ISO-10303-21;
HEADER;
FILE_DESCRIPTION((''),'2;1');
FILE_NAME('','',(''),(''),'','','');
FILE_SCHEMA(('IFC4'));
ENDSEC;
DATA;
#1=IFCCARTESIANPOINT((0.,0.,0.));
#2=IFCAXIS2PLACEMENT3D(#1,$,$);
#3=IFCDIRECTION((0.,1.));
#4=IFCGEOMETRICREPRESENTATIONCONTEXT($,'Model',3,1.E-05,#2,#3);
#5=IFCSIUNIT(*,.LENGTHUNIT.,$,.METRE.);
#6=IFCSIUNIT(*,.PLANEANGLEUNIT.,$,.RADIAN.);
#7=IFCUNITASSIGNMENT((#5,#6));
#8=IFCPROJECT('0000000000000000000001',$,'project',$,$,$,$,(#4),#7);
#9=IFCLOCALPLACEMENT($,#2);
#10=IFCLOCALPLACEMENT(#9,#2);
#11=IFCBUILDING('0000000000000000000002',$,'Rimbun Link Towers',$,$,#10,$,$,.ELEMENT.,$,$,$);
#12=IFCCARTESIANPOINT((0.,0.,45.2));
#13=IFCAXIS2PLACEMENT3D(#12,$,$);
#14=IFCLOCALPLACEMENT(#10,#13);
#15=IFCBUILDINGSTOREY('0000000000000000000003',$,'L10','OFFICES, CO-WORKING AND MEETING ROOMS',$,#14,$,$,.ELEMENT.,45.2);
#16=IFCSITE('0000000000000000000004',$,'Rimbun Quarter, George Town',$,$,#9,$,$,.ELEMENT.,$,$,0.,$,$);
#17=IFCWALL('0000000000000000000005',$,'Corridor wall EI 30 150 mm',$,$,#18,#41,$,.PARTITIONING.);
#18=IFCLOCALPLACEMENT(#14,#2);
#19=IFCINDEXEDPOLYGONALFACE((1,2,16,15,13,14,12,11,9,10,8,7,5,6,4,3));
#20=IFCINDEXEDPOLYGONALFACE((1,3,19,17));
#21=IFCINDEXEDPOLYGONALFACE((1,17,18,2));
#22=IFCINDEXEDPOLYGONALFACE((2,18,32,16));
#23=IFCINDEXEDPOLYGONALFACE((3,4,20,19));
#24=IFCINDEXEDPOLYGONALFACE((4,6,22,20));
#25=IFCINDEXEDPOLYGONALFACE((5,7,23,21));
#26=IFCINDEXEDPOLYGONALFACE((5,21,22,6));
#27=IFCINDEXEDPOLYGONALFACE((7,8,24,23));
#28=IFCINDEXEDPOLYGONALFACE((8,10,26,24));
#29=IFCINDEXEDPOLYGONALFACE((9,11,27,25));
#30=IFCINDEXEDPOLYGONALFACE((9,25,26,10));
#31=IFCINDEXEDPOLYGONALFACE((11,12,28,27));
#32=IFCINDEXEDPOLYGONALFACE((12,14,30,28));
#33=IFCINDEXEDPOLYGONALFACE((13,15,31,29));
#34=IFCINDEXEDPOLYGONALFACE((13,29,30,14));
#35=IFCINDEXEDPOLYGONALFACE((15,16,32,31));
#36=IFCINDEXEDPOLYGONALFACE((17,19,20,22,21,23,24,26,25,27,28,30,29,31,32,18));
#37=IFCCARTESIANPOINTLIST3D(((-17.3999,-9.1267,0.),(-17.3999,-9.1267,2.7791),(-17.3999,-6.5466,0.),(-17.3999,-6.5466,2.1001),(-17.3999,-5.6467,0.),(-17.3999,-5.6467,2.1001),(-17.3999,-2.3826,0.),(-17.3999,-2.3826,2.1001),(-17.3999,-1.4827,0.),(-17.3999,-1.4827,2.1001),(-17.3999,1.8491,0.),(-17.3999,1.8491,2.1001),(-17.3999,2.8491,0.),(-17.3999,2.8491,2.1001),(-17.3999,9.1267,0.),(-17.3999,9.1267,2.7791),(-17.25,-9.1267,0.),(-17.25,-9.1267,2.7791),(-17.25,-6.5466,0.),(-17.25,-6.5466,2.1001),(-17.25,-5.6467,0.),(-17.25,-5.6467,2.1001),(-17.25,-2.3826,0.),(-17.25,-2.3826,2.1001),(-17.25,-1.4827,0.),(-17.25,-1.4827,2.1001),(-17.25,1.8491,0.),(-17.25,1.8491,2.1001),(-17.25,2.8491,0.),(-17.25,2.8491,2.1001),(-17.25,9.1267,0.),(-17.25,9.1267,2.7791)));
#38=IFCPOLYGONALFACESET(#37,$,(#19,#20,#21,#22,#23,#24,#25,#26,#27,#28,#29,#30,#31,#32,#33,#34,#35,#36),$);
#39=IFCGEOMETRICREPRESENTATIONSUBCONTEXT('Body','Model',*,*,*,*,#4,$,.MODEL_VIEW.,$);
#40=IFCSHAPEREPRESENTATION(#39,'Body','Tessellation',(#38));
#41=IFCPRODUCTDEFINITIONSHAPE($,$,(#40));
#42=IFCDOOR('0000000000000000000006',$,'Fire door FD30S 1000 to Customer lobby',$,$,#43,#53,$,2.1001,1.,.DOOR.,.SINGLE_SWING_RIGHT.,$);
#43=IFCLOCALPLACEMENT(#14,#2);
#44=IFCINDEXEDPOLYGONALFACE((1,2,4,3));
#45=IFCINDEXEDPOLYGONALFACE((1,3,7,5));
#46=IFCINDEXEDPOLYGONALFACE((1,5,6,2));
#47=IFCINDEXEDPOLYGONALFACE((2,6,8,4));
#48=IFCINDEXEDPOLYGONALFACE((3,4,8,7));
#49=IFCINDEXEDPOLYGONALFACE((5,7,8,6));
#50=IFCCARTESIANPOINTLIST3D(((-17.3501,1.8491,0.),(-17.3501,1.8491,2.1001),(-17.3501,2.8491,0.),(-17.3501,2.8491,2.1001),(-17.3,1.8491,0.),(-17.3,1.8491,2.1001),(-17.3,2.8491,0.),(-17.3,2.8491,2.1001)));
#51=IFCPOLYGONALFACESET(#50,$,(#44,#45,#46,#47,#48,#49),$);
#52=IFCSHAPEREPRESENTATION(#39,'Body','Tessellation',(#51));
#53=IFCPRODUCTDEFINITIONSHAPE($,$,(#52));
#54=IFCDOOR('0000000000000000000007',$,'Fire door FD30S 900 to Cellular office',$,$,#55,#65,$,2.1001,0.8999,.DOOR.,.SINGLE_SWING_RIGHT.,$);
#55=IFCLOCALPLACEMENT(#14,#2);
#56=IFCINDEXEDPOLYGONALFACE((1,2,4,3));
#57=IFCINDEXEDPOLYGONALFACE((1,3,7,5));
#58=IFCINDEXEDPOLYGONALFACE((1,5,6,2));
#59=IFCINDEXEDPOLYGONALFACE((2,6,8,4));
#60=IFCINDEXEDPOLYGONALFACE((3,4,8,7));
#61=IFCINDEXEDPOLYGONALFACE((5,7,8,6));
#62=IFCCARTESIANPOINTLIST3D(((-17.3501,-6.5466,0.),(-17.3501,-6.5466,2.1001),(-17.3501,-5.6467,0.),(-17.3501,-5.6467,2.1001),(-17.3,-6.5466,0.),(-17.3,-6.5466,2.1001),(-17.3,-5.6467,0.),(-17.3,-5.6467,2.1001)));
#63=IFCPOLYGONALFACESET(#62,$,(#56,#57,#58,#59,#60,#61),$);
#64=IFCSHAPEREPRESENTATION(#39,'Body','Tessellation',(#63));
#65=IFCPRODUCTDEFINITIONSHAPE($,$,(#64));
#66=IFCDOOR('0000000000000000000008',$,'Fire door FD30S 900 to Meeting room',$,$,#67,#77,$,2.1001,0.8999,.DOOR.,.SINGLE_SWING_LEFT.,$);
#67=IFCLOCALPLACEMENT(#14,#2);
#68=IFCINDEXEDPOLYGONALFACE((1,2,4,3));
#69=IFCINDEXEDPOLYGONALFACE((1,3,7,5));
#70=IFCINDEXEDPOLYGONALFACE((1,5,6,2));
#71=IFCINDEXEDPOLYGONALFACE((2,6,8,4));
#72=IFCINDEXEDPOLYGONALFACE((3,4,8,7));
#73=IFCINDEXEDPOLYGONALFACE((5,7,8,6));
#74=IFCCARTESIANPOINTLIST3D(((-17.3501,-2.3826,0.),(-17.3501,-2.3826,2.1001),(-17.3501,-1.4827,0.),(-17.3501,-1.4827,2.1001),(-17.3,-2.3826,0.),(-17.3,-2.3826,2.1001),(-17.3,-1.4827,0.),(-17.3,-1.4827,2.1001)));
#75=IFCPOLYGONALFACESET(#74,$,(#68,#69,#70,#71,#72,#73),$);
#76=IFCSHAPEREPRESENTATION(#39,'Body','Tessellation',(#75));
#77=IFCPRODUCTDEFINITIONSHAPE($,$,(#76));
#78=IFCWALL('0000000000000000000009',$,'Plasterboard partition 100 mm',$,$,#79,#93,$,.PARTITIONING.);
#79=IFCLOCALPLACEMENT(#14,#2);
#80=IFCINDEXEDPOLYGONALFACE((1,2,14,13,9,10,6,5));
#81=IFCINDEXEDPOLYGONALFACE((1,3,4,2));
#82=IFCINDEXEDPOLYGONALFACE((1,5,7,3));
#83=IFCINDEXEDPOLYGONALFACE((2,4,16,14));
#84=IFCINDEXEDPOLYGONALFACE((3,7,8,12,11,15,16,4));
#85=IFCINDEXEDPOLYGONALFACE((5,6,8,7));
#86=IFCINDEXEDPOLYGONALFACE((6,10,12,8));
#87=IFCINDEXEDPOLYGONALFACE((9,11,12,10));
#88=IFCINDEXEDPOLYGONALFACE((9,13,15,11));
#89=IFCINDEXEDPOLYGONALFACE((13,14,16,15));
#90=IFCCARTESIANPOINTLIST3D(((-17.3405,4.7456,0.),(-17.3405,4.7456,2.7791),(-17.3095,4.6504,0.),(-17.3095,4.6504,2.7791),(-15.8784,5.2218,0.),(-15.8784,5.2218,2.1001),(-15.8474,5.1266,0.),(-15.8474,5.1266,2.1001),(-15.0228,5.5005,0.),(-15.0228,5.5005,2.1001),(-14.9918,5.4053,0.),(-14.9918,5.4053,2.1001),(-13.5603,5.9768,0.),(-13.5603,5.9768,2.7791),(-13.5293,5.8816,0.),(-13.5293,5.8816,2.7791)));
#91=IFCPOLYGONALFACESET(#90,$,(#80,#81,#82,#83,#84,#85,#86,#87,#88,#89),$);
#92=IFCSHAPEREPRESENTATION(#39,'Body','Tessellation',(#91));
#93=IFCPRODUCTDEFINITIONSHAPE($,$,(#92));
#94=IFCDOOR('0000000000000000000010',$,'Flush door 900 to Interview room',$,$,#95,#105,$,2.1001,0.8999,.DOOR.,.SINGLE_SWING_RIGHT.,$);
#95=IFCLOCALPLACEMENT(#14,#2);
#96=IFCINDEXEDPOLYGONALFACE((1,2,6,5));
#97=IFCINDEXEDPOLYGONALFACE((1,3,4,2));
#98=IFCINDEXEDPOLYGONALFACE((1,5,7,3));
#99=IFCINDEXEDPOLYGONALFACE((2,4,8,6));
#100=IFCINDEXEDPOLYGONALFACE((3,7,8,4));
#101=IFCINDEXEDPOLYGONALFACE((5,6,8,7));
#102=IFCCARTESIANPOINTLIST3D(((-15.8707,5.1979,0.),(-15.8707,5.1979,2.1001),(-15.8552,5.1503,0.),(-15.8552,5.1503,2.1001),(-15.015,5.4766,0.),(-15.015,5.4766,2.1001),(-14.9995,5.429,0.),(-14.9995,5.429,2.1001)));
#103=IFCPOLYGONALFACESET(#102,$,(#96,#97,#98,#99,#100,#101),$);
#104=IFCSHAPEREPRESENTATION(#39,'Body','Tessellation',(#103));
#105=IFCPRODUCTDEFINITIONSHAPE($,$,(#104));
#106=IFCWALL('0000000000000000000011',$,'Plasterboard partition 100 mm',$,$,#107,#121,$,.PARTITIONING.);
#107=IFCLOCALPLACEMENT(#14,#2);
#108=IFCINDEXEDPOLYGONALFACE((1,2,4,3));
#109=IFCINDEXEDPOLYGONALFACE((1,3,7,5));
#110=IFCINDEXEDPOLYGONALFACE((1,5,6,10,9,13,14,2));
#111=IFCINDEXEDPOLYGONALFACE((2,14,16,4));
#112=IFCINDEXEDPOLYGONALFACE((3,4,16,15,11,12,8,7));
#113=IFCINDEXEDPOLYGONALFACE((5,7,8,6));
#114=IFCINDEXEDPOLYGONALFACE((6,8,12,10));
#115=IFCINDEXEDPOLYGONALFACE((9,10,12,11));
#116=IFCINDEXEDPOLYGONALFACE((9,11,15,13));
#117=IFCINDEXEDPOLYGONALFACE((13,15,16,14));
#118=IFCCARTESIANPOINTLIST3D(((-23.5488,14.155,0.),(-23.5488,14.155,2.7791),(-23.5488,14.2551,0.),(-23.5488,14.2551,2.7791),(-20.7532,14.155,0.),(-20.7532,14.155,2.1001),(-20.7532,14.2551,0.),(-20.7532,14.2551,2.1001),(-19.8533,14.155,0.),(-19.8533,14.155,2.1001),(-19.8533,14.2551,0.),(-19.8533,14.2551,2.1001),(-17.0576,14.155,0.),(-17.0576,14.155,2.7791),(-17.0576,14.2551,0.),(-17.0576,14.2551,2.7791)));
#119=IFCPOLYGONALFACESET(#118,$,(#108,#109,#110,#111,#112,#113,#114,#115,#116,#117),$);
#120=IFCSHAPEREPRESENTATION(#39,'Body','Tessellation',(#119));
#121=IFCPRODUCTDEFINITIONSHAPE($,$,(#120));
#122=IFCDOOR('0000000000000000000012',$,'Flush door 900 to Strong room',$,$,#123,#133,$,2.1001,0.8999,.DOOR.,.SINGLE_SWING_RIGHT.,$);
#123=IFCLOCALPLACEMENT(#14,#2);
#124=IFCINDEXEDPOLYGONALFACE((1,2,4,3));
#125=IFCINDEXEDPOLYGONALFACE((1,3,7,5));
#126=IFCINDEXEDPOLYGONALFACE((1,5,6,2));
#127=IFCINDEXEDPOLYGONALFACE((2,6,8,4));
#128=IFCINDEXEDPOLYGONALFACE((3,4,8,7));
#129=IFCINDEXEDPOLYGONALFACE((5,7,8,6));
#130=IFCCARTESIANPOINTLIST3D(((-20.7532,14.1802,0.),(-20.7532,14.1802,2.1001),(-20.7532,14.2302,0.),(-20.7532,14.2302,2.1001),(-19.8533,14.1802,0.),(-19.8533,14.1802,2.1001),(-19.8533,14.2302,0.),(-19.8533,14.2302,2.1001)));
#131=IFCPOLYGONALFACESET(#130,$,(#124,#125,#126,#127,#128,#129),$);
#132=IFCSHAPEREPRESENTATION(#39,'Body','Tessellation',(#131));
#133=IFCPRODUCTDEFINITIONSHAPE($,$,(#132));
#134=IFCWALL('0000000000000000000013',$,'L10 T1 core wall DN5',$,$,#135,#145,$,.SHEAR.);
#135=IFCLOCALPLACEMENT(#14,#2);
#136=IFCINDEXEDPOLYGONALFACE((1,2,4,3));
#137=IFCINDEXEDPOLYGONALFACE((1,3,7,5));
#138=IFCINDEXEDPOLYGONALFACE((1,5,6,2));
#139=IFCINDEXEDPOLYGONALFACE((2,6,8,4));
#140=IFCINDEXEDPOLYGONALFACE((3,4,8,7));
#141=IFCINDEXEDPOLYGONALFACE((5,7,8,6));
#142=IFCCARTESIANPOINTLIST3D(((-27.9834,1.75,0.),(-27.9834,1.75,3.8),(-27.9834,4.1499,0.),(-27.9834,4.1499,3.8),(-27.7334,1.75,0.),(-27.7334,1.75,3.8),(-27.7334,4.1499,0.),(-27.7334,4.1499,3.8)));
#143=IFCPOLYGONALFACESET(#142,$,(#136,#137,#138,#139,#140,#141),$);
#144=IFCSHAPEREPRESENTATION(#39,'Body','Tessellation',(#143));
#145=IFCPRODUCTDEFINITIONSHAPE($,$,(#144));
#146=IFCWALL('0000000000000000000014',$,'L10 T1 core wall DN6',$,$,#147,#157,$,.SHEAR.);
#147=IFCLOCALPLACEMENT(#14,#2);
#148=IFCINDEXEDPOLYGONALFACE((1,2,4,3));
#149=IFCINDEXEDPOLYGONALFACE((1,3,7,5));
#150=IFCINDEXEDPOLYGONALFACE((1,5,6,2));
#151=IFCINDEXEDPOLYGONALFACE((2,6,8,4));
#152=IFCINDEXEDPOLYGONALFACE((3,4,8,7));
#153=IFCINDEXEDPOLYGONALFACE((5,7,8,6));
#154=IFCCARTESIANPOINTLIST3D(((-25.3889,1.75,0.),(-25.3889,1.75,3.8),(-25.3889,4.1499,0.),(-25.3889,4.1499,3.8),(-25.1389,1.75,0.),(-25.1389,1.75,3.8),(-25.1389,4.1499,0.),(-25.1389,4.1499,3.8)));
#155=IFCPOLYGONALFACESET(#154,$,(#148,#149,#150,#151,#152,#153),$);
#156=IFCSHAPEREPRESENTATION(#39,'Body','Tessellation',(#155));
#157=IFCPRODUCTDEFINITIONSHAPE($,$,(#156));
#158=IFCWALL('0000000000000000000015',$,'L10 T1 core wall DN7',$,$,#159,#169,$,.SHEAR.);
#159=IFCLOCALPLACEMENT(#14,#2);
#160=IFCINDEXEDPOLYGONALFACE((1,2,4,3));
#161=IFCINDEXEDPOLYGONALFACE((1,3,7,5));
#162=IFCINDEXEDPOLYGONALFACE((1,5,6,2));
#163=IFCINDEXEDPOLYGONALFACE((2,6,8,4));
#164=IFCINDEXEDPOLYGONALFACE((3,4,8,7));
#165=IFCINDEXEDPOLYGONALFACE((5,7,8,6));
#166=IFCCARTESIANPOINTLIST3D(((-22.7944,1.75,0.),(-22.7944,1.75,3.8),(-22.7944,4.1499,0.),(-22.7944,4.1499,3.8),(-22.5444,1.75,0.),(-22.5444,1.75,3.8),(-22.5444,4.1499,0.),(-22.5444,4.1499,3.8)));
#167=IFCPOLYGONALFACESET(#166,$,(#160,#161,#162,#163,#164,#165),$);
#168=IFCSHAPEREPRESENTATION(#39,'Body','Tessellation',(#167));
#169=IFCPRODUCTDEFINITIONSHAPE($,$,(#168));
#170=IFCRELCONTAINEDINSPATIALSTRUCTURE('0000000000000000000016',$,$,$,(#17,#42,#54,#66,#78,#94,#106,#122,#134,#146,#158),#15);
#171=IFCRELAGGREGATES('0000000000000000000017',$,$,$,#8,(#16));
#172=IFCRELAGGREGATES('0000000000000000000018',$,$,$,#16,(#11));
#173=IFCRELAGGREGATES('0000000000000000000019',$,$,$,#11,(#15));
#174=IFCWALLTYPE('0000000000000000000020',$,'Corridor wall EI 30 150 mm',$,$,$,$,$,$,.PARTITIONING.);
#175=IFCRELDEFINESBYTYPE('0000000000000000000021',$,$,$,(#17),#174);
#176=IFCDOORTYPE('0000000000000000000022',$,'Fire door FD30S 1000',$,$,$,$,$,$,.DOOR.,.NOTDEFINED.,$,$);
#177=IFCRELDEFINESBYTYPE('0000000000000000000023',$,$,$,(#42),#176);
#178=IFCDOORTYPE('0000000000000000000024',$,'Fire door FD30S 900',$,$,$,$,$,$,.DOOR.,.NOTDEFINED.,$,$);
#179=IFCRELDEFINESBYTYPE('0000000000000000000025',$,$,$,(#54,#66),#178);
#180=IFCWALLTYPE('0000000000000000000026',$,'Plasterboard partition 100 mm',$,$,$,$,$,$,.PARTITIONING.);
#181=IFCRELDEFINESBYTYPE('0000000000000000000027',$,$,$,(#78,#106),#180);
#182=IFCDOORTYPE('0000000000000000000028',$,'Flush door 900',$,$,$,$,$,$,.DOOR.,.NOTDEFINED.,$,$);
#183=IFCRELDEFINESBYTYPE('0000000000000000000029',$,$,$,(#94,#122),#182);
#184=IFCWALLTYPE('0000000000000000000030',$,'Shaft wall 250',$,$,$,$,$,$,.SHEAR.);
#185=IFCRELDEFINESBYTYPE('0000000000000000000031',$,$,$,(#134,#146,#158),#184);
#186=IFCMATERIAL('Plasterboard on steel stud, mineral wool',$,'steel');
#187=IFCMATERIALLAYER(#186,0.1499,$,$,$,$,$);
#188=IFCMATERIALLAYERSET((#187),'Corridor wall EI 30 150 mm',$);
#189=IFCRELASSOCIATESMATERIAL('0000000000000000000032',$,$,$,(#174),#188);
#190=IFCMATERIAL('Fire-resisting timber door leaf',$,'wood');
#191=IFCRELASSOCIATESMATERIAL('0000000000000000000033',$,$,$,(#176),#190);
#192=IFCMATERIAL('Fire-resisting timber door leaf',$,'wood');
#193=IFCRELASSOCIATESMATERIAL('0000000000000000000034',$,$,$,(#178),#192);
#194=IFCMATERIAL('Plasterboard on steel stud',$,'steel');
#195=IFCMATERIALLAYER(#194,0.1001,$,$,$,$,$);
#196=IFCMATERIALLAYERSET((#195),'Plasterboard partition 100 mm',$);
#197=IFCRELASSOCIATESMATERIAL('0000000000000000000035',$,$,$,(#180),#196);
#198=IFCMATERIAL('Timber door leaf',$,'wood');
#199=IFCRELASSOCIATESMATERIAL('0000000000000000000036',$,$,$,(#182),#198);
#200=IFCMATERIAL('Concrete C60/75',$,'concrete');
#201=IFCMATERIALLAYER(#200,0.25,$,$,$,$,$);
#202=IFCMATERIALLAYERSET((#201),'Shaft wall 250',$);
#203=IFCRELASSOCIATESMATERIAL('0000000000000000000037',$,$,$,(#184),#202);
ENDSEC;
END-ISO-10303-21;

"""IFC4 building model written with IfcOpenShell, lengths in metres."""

from ifc_helpers import new_model, si_unit, direction, frame, frame_2d, origin, place, context, subcontext, project, spatial, rectangle, extrude, material, layer, layer_set, type_object, element, fill, save


model = new_model("IFC4")

# Units and contexts
model_context = context("Model", 3, precision=1e-05, world=origin(), true_north=direction((0.0, 1.0)))
body_context = subcontext(model_context, "Body", "Model", "MODEL_VIEW")
ifc_project = project(units=[si_unit("LENGTHUNIT", "METRE"), si_unit("PLANEANGLEUNIT", "RADIAN")], contexts=[model_context])

# Site, building, storey
site_placement = place(None, origin())
site = spatial("IfcSite", under=ifc_project, at=site_placement, Name="Rimbun Quarter, George Town", CompositionType="ELEMENT", RefElevation=0.0)
building_placement = place(site_placement, origin())
building = spatial("IfcBuilding", under=site, at=building_placement, Name="Rimbun Link Towers", CompositionType="ELEMENT")
storey_placement = place(building_placement, frame((0.0, 0.0, 45.2)))
storey = spatial("IfcBuildingStorey", under=building, at=storey_placement, Name="L10", Description="OFFICES, CO-WORKING AND MEETING ROOMS", CompositionType="ELEMENT", Elevation=45.2)

# Shared definitions
ifc_material_1 = material(Name="Plasterboard on steel stud, mineral wool", Category="steel")
ifc_layer_1 = layer(ifc_material_1, 0.1499)
ifc_layer_set_1 = layer_set([ifc_layer_1], Name="Corridor wall EI 30 150 mm")
wall_type_1 = type_object("IfcWallType", Name="Corridor wall EI 30 150 mm", PredefinedType="PARTITIONING", material=ifc_layer_set_1)

# Wall, openings, doors
wall_1_placement = place(storey_placement, frame((-17.325, 9.1267, 0.0), z_axis=(0.0, 0.0, 1.0), x_axis=(0.0, -1.0, 0.0)))
wall_1 = element("IfcWall", 1, at=wall_1_placement, inside=storey, type_object=wall_type_1, Name="Corridor wall EI 30 150 mm", PredefinedType="PARTITIONING", context=body_context, shape_type="SweptSolid", body=[
    extrude(rectangle(XDim=18.2534, YDim=0.1499, at=frame_2d((9.1267, 0.0))), origin(), (0.0, 0.0, 1.0), 2.7791),
])
opening_1_placement = place(wall_1_placement, frame((14.7734, 0.0, 0.0)))
opening_1 = element("IfcOpeningElement", 2, at=opening_1_placement, cuts=wall_1, PredefinedType="OPENING", context=body_context, shape_type="SweptSolid", body=[
    extrude(rectangle(XDim=0.8999, YDim=2.1001, at=frame_2d((0.45, 1.05))), frame((0.0, 0.085, 0.0), z_axis=(0.0, -1.0, 0.0), x_axis=(1.0, 0.0, 0.0)), (0.0, 0.0, 1.0), 0.1699),
])
opening_2_placement = place(wall_1_placement, frame((10.6094, 0.0, 0.0)))
opening_2 = element("IfcOpeningElement", 3, at=opening_2_placement, cuts=wall_1, PredefinedType="OPENING", context=body_context, shape_type="SweptSolid", body=[
    extrude(rectangle(XDim=0.8999, YDim=2.1001, at=frame_2d((0.45, 1.05))), frame((0.0, 0.085, 0.0), z_axis=(0.0, -1.0, 0.0), x_axis=(1.0, 0.0, 0.0)), (0.0, 0.0, 1.0), 0.1699),
])
opening_3_placement = place(wall_1_placement, frame((6.2776, 0.0, 0.0)))
opening_3 = element("IfcOpeningElement", 4, at=opening_3_placement, cuts=wall_1, PredefinedType="OPENING", context=body_context, shape_type="SweptSolid", body=[
    extrude(rectangle(XDim=1.0, YDim=2.1001, at=frame_2d((0.5, 1.05))), frame((0.0, 0.085, 0.0), z_axis=(0.0, -1.0, 0.0), x_axis=(1.0, 0.0, 0.0)), (0.0, 0.0, 1.0), 0.1699),
])
ifc_material_2 = material(Name="Fire-resisting timber door leaf", Category="wood")
door_type_1 = type_object("IfcDoorType", Name="Fire door FD30S 1000", OperationType="NOTDEFINED", PredefinedType="DOOR", material=ifc_material_2)
door_1_placement = place(opening_3_placement, origin())
door_1 = element("IfcDoor", 5, at=door_1_placement, inside=storey, type_object=door_type_1, Name="Fire door FD30S 1000 to Customer lobby", OperationType="SINGLE_SWING_RIGHT", OverallHeight=2.1001, OverallWidth=1.0, PredefinedType="DOOR", context=body_context, shape_type="SweptSolid", body=[
    extrude(rectangle(XDim=1.0, YDim=2.1001, at=frame_2d((0.5, 1.05))), frame((0.0, 0.0249, 0.0), z_axis=(0.0, -1.0, 0.0), x_axis=(1.0, 0.0, 0.0)), (0.0, 0.0, 1.0), 0.05),
])
fill(opening_3, door_1)
ifc_material_3 = material(Name="Fire-resisting timber door leaf", Category="wood")
door_type_2 = type_object("IfcDoorType", Name="Fire door FD30S 900", OperationType="NOTDEFINED", PredefinedType="DOOR", material=ifc_material_3)
door_2_placement = place(opening_1_placement, origin())
door_2 = element("IfcDoor", 6, at=door_2_placement, inside=storey, type_object=door_type_2, Name="Fire door FD30S 900 to Cellular office", OperationType="SINGLE_SWING_RIGHT", OverallHeight=2.1001, OverallWidth=0.8999, PredefinedType="DOOR", context=body_context, shape_type="SweptSolid", body=[
    extrude(rectangle(XDim=0.8999, YDim=2.1001, at=frame_2d((0.45, 1.05))), frame((0.0, 0.0249, 0.0), z_axis=(0.0, -1.0, 0.0), x_axis=(1.0, 0.0, 0.0)), (0.0, 0.0, 1.0), 0.05),
])
fill(opening_1, door_2)
door_3_placement = place(opening_2_placement, origin())
door_3 = element("IfcDoor", 7, at=door_3_placement, inside=storey, type_object=door_type_2, Name="Fire door FD30S 900 to Meeting room", OperationType="SINGLE_SWING_LEFT", OverallHeight=2.1001, OverallWidth=0.8999, PredefinedType="DOOR", context=body_context, shape_type="SweptSolid", body=[
    extrude(rectangle(XDim=0.8999, YDim=2.1001, at=frame_2d((0.45, 1.05))), frame((0.0, 0.0249, 0.0), z_axis=(0.0, -1.0, 0.0), x_axis=(1.0, 0.0, 0.0)), (0.0, 0.0, 1.0), 0.05),
])
fill(opening_2, door_3)

# Walls, openings, doors
ifc_material_4 = material(Name="Plasterboard on steel stud", Category="steel")
ifc_layer_2 = layer(ifc_material_4, 0.1001)
ifc_layer_set_2 = layer_set([ifc_layer_2], Name="Plasterboard partition 100 mm")
wall_type_2 = type_object("IfcWallType", Name="Plasterboard partition 100 mm", PredefinedType="PARTITIONING", material=ifc_layer_set_2)
wall_2_placement = place(storey_placement, frame((-17.325, 4.698, 0.0), z_axis=(0.0, 0.0, 1.0), x_axis=(0.950835, 0.309698, 0.0)))
wall_2 = element("IfcWall", 8, at=wall_2_placement, inside=storey, type_object=wall_type_2, Name="Plasterboard partition 100 mm", PredefinedType="PARTITIONING", context=body_context, shape_type="SweptSolid", body=[
    extrude(rectangle(XDim=3.9756, YDim=0.1001, at=frame_2d((1.9878, 0.0))), origin(), (0.0, 0.0, 1.0), 2.7791),
])
opening_4_placement = place(wall_2_placement, frame((1.5376, 0.0, 0.0)))
opening_4 = element("IfcOpeningElement", 9, at=opening_4_placement, cuts=wall_2, PredefinedType="OPENING", context=body_context, shape_type="SweptSolid", body=[
    extrude(rectangle(XDim=0.8999, YDim=2.1001, at=frame_2d((0.45, 1.05))), frame((0.0, 0.0601, 0.0), z_axis=(0.0, -1.0, 0.0), x_axis=(1.0, 0.0, 0.0)), (0.0, 0.0, 1.0), 0.1201),
])
ifc_material_5 = material(Name="Timber door leaf", Category="wood")
door_type_3 = type_object("IfcDoorType", Name="Flush door 900", OperationType="NOTDEFINED", PredefinedType="DOOR", material=ifc_material_5)
door_4_placement = place(opening_4_placement, origin())
door_4 = element("IfcDoor", 10, at=door_4_placement, inside=storey, type_object=door_type_3, Name="Flush door 900 to Interview room", OperationType="SINGLE_SWING_RIGHT", OverallHeight=2.1001, OverallWidth=0.8999, PredefinedType="DOOR", context=body_context, shape_type="SweptSolid", body=[
    extrude(rectangle(XDim=0.8999, YDim=2.1001, at=frame_2d((0.45, 1.05))), frame((0.0, 0.0249, 0.0), z_axis=(0.0, -1.0, 0.0), x_axis=(1.0, 0.0, 0.0)), (0.0, 0.0, 1.0), 0.05),
])
fill(opening_4, door_4)
wall_3_placement = place(storey_placement, frame((-17.0576, 14.2051, 0.0), z_axis=(0.0, 0.0, 1.0), x_axis=(-1.0, 0.0, 0.0)))
wall_3 = element("IfcWall", 11, at=wall_3_placement, inside=storey, type_object=wall_type_2, Name="Plasterboard partition 100 mm", PredefinedType="PARTITIONING", context=body_context, shape_type="SweptSolid", body=[
    extrude(rectangle(XDim=6.4912, YDim=0.1001, at=frame_2d((3.2456, 0.0))), origin(), (0.0, 0.0, 1.0), 2.7791),
])
opening_5_placement = place(wall_3_placement, frame((2.7957, 0.0, 0.0)))
opening_5 = element("IfcOpeningElement", 12, at=opening_5_placement, cuts=wall_3, PredefinedType="OPENING", context=body_context, shape_type="SweptSolid", body=[
    extrude(rectangle(XDim=0.8999, YDim=2.1001, at=frame_2d((0.45, 1.05))), frame((0.0, 0.0601, 0.0), z_axis=(0.0, -1.0, 0.0), x_axis=(1.0, 0.0, 0.0)), (0.0, 0.0, 1.0), 0.1201),
])
door_5_placement = place(opening_5_placement, origin())
door_5 = element("IfcDoor", 13, at=door_5_placement, inside=storey, type_object=door_type_3, Name="Flush door 900 to Strong room", OperationType="SINGLE_SWING_RIGHT", OverallHeight=2.1001, OverallWidth=0.8999, PredefinedType="DOOR", context=body_context, shape_type="SweptSolid", body=[
    extrude(rectangle(XDim=0.8999, YDim=2.1001, at=frame_2d((0.45, 1.05))), frame((0.0, 0.0249, 0.0), z_axis=(0.0, -1.0, 0.0), x_axis=(1.0, 0.0, 0.0)), (0.0, 0.0, 1.0), 0.05),
])
fill(opening_5, door_5)

# Walls
ifc_material_6 = material(Name="Concrete C60/75", Category="concrete")
ifc_layer_3 = layer(ifc_material_6, 0.25)
ifc_layer_set_3 = layer_set([ifc_layer_3], Name="Shaft wall 250")
wall_type_3 = type_object("IfcWallType", Name="Shaft wall 250", PredefinedType="SHEAR", material=ifc_layer_set_3)
for number, where, z_axis, x_axis, name in (
    (14, (-27.8584, 1.75, 0.0), (0.0, 0.0, 1.0), (0.0, 1.0, 0.0), "L10 T1 core wall DN5"),
    (15, (-25.2639, 1.75, 0.0), (0.0, 0.0, 1.0), (0.0, 1.0, 0.0), "L10 T1 core wall DN6"),
    (16, (-22.6694, 1.75, 0.0), (0.0, 0.0, 1.0), (0.0, 1.0, 0.0), "L10 T1 core wall DN7"),
):
    element("IfcWall", number, at=place(storey_placement, frame(where, z_axis=z_axis, x_axis=x_axis)), inside=storey, type_object=wall_type_3, Name=name, PredefinedType="SHEAR", context=body_context, shape_type="SweptSolid", body=[
        extrude(rectangle(XDim=2.3999, YDim=0.25, at=frame_2d((1.2, 0.0))), origin(), (0.0, 0.0, 1.0), 3.8),
    ])

save(model, "model.ifc")
